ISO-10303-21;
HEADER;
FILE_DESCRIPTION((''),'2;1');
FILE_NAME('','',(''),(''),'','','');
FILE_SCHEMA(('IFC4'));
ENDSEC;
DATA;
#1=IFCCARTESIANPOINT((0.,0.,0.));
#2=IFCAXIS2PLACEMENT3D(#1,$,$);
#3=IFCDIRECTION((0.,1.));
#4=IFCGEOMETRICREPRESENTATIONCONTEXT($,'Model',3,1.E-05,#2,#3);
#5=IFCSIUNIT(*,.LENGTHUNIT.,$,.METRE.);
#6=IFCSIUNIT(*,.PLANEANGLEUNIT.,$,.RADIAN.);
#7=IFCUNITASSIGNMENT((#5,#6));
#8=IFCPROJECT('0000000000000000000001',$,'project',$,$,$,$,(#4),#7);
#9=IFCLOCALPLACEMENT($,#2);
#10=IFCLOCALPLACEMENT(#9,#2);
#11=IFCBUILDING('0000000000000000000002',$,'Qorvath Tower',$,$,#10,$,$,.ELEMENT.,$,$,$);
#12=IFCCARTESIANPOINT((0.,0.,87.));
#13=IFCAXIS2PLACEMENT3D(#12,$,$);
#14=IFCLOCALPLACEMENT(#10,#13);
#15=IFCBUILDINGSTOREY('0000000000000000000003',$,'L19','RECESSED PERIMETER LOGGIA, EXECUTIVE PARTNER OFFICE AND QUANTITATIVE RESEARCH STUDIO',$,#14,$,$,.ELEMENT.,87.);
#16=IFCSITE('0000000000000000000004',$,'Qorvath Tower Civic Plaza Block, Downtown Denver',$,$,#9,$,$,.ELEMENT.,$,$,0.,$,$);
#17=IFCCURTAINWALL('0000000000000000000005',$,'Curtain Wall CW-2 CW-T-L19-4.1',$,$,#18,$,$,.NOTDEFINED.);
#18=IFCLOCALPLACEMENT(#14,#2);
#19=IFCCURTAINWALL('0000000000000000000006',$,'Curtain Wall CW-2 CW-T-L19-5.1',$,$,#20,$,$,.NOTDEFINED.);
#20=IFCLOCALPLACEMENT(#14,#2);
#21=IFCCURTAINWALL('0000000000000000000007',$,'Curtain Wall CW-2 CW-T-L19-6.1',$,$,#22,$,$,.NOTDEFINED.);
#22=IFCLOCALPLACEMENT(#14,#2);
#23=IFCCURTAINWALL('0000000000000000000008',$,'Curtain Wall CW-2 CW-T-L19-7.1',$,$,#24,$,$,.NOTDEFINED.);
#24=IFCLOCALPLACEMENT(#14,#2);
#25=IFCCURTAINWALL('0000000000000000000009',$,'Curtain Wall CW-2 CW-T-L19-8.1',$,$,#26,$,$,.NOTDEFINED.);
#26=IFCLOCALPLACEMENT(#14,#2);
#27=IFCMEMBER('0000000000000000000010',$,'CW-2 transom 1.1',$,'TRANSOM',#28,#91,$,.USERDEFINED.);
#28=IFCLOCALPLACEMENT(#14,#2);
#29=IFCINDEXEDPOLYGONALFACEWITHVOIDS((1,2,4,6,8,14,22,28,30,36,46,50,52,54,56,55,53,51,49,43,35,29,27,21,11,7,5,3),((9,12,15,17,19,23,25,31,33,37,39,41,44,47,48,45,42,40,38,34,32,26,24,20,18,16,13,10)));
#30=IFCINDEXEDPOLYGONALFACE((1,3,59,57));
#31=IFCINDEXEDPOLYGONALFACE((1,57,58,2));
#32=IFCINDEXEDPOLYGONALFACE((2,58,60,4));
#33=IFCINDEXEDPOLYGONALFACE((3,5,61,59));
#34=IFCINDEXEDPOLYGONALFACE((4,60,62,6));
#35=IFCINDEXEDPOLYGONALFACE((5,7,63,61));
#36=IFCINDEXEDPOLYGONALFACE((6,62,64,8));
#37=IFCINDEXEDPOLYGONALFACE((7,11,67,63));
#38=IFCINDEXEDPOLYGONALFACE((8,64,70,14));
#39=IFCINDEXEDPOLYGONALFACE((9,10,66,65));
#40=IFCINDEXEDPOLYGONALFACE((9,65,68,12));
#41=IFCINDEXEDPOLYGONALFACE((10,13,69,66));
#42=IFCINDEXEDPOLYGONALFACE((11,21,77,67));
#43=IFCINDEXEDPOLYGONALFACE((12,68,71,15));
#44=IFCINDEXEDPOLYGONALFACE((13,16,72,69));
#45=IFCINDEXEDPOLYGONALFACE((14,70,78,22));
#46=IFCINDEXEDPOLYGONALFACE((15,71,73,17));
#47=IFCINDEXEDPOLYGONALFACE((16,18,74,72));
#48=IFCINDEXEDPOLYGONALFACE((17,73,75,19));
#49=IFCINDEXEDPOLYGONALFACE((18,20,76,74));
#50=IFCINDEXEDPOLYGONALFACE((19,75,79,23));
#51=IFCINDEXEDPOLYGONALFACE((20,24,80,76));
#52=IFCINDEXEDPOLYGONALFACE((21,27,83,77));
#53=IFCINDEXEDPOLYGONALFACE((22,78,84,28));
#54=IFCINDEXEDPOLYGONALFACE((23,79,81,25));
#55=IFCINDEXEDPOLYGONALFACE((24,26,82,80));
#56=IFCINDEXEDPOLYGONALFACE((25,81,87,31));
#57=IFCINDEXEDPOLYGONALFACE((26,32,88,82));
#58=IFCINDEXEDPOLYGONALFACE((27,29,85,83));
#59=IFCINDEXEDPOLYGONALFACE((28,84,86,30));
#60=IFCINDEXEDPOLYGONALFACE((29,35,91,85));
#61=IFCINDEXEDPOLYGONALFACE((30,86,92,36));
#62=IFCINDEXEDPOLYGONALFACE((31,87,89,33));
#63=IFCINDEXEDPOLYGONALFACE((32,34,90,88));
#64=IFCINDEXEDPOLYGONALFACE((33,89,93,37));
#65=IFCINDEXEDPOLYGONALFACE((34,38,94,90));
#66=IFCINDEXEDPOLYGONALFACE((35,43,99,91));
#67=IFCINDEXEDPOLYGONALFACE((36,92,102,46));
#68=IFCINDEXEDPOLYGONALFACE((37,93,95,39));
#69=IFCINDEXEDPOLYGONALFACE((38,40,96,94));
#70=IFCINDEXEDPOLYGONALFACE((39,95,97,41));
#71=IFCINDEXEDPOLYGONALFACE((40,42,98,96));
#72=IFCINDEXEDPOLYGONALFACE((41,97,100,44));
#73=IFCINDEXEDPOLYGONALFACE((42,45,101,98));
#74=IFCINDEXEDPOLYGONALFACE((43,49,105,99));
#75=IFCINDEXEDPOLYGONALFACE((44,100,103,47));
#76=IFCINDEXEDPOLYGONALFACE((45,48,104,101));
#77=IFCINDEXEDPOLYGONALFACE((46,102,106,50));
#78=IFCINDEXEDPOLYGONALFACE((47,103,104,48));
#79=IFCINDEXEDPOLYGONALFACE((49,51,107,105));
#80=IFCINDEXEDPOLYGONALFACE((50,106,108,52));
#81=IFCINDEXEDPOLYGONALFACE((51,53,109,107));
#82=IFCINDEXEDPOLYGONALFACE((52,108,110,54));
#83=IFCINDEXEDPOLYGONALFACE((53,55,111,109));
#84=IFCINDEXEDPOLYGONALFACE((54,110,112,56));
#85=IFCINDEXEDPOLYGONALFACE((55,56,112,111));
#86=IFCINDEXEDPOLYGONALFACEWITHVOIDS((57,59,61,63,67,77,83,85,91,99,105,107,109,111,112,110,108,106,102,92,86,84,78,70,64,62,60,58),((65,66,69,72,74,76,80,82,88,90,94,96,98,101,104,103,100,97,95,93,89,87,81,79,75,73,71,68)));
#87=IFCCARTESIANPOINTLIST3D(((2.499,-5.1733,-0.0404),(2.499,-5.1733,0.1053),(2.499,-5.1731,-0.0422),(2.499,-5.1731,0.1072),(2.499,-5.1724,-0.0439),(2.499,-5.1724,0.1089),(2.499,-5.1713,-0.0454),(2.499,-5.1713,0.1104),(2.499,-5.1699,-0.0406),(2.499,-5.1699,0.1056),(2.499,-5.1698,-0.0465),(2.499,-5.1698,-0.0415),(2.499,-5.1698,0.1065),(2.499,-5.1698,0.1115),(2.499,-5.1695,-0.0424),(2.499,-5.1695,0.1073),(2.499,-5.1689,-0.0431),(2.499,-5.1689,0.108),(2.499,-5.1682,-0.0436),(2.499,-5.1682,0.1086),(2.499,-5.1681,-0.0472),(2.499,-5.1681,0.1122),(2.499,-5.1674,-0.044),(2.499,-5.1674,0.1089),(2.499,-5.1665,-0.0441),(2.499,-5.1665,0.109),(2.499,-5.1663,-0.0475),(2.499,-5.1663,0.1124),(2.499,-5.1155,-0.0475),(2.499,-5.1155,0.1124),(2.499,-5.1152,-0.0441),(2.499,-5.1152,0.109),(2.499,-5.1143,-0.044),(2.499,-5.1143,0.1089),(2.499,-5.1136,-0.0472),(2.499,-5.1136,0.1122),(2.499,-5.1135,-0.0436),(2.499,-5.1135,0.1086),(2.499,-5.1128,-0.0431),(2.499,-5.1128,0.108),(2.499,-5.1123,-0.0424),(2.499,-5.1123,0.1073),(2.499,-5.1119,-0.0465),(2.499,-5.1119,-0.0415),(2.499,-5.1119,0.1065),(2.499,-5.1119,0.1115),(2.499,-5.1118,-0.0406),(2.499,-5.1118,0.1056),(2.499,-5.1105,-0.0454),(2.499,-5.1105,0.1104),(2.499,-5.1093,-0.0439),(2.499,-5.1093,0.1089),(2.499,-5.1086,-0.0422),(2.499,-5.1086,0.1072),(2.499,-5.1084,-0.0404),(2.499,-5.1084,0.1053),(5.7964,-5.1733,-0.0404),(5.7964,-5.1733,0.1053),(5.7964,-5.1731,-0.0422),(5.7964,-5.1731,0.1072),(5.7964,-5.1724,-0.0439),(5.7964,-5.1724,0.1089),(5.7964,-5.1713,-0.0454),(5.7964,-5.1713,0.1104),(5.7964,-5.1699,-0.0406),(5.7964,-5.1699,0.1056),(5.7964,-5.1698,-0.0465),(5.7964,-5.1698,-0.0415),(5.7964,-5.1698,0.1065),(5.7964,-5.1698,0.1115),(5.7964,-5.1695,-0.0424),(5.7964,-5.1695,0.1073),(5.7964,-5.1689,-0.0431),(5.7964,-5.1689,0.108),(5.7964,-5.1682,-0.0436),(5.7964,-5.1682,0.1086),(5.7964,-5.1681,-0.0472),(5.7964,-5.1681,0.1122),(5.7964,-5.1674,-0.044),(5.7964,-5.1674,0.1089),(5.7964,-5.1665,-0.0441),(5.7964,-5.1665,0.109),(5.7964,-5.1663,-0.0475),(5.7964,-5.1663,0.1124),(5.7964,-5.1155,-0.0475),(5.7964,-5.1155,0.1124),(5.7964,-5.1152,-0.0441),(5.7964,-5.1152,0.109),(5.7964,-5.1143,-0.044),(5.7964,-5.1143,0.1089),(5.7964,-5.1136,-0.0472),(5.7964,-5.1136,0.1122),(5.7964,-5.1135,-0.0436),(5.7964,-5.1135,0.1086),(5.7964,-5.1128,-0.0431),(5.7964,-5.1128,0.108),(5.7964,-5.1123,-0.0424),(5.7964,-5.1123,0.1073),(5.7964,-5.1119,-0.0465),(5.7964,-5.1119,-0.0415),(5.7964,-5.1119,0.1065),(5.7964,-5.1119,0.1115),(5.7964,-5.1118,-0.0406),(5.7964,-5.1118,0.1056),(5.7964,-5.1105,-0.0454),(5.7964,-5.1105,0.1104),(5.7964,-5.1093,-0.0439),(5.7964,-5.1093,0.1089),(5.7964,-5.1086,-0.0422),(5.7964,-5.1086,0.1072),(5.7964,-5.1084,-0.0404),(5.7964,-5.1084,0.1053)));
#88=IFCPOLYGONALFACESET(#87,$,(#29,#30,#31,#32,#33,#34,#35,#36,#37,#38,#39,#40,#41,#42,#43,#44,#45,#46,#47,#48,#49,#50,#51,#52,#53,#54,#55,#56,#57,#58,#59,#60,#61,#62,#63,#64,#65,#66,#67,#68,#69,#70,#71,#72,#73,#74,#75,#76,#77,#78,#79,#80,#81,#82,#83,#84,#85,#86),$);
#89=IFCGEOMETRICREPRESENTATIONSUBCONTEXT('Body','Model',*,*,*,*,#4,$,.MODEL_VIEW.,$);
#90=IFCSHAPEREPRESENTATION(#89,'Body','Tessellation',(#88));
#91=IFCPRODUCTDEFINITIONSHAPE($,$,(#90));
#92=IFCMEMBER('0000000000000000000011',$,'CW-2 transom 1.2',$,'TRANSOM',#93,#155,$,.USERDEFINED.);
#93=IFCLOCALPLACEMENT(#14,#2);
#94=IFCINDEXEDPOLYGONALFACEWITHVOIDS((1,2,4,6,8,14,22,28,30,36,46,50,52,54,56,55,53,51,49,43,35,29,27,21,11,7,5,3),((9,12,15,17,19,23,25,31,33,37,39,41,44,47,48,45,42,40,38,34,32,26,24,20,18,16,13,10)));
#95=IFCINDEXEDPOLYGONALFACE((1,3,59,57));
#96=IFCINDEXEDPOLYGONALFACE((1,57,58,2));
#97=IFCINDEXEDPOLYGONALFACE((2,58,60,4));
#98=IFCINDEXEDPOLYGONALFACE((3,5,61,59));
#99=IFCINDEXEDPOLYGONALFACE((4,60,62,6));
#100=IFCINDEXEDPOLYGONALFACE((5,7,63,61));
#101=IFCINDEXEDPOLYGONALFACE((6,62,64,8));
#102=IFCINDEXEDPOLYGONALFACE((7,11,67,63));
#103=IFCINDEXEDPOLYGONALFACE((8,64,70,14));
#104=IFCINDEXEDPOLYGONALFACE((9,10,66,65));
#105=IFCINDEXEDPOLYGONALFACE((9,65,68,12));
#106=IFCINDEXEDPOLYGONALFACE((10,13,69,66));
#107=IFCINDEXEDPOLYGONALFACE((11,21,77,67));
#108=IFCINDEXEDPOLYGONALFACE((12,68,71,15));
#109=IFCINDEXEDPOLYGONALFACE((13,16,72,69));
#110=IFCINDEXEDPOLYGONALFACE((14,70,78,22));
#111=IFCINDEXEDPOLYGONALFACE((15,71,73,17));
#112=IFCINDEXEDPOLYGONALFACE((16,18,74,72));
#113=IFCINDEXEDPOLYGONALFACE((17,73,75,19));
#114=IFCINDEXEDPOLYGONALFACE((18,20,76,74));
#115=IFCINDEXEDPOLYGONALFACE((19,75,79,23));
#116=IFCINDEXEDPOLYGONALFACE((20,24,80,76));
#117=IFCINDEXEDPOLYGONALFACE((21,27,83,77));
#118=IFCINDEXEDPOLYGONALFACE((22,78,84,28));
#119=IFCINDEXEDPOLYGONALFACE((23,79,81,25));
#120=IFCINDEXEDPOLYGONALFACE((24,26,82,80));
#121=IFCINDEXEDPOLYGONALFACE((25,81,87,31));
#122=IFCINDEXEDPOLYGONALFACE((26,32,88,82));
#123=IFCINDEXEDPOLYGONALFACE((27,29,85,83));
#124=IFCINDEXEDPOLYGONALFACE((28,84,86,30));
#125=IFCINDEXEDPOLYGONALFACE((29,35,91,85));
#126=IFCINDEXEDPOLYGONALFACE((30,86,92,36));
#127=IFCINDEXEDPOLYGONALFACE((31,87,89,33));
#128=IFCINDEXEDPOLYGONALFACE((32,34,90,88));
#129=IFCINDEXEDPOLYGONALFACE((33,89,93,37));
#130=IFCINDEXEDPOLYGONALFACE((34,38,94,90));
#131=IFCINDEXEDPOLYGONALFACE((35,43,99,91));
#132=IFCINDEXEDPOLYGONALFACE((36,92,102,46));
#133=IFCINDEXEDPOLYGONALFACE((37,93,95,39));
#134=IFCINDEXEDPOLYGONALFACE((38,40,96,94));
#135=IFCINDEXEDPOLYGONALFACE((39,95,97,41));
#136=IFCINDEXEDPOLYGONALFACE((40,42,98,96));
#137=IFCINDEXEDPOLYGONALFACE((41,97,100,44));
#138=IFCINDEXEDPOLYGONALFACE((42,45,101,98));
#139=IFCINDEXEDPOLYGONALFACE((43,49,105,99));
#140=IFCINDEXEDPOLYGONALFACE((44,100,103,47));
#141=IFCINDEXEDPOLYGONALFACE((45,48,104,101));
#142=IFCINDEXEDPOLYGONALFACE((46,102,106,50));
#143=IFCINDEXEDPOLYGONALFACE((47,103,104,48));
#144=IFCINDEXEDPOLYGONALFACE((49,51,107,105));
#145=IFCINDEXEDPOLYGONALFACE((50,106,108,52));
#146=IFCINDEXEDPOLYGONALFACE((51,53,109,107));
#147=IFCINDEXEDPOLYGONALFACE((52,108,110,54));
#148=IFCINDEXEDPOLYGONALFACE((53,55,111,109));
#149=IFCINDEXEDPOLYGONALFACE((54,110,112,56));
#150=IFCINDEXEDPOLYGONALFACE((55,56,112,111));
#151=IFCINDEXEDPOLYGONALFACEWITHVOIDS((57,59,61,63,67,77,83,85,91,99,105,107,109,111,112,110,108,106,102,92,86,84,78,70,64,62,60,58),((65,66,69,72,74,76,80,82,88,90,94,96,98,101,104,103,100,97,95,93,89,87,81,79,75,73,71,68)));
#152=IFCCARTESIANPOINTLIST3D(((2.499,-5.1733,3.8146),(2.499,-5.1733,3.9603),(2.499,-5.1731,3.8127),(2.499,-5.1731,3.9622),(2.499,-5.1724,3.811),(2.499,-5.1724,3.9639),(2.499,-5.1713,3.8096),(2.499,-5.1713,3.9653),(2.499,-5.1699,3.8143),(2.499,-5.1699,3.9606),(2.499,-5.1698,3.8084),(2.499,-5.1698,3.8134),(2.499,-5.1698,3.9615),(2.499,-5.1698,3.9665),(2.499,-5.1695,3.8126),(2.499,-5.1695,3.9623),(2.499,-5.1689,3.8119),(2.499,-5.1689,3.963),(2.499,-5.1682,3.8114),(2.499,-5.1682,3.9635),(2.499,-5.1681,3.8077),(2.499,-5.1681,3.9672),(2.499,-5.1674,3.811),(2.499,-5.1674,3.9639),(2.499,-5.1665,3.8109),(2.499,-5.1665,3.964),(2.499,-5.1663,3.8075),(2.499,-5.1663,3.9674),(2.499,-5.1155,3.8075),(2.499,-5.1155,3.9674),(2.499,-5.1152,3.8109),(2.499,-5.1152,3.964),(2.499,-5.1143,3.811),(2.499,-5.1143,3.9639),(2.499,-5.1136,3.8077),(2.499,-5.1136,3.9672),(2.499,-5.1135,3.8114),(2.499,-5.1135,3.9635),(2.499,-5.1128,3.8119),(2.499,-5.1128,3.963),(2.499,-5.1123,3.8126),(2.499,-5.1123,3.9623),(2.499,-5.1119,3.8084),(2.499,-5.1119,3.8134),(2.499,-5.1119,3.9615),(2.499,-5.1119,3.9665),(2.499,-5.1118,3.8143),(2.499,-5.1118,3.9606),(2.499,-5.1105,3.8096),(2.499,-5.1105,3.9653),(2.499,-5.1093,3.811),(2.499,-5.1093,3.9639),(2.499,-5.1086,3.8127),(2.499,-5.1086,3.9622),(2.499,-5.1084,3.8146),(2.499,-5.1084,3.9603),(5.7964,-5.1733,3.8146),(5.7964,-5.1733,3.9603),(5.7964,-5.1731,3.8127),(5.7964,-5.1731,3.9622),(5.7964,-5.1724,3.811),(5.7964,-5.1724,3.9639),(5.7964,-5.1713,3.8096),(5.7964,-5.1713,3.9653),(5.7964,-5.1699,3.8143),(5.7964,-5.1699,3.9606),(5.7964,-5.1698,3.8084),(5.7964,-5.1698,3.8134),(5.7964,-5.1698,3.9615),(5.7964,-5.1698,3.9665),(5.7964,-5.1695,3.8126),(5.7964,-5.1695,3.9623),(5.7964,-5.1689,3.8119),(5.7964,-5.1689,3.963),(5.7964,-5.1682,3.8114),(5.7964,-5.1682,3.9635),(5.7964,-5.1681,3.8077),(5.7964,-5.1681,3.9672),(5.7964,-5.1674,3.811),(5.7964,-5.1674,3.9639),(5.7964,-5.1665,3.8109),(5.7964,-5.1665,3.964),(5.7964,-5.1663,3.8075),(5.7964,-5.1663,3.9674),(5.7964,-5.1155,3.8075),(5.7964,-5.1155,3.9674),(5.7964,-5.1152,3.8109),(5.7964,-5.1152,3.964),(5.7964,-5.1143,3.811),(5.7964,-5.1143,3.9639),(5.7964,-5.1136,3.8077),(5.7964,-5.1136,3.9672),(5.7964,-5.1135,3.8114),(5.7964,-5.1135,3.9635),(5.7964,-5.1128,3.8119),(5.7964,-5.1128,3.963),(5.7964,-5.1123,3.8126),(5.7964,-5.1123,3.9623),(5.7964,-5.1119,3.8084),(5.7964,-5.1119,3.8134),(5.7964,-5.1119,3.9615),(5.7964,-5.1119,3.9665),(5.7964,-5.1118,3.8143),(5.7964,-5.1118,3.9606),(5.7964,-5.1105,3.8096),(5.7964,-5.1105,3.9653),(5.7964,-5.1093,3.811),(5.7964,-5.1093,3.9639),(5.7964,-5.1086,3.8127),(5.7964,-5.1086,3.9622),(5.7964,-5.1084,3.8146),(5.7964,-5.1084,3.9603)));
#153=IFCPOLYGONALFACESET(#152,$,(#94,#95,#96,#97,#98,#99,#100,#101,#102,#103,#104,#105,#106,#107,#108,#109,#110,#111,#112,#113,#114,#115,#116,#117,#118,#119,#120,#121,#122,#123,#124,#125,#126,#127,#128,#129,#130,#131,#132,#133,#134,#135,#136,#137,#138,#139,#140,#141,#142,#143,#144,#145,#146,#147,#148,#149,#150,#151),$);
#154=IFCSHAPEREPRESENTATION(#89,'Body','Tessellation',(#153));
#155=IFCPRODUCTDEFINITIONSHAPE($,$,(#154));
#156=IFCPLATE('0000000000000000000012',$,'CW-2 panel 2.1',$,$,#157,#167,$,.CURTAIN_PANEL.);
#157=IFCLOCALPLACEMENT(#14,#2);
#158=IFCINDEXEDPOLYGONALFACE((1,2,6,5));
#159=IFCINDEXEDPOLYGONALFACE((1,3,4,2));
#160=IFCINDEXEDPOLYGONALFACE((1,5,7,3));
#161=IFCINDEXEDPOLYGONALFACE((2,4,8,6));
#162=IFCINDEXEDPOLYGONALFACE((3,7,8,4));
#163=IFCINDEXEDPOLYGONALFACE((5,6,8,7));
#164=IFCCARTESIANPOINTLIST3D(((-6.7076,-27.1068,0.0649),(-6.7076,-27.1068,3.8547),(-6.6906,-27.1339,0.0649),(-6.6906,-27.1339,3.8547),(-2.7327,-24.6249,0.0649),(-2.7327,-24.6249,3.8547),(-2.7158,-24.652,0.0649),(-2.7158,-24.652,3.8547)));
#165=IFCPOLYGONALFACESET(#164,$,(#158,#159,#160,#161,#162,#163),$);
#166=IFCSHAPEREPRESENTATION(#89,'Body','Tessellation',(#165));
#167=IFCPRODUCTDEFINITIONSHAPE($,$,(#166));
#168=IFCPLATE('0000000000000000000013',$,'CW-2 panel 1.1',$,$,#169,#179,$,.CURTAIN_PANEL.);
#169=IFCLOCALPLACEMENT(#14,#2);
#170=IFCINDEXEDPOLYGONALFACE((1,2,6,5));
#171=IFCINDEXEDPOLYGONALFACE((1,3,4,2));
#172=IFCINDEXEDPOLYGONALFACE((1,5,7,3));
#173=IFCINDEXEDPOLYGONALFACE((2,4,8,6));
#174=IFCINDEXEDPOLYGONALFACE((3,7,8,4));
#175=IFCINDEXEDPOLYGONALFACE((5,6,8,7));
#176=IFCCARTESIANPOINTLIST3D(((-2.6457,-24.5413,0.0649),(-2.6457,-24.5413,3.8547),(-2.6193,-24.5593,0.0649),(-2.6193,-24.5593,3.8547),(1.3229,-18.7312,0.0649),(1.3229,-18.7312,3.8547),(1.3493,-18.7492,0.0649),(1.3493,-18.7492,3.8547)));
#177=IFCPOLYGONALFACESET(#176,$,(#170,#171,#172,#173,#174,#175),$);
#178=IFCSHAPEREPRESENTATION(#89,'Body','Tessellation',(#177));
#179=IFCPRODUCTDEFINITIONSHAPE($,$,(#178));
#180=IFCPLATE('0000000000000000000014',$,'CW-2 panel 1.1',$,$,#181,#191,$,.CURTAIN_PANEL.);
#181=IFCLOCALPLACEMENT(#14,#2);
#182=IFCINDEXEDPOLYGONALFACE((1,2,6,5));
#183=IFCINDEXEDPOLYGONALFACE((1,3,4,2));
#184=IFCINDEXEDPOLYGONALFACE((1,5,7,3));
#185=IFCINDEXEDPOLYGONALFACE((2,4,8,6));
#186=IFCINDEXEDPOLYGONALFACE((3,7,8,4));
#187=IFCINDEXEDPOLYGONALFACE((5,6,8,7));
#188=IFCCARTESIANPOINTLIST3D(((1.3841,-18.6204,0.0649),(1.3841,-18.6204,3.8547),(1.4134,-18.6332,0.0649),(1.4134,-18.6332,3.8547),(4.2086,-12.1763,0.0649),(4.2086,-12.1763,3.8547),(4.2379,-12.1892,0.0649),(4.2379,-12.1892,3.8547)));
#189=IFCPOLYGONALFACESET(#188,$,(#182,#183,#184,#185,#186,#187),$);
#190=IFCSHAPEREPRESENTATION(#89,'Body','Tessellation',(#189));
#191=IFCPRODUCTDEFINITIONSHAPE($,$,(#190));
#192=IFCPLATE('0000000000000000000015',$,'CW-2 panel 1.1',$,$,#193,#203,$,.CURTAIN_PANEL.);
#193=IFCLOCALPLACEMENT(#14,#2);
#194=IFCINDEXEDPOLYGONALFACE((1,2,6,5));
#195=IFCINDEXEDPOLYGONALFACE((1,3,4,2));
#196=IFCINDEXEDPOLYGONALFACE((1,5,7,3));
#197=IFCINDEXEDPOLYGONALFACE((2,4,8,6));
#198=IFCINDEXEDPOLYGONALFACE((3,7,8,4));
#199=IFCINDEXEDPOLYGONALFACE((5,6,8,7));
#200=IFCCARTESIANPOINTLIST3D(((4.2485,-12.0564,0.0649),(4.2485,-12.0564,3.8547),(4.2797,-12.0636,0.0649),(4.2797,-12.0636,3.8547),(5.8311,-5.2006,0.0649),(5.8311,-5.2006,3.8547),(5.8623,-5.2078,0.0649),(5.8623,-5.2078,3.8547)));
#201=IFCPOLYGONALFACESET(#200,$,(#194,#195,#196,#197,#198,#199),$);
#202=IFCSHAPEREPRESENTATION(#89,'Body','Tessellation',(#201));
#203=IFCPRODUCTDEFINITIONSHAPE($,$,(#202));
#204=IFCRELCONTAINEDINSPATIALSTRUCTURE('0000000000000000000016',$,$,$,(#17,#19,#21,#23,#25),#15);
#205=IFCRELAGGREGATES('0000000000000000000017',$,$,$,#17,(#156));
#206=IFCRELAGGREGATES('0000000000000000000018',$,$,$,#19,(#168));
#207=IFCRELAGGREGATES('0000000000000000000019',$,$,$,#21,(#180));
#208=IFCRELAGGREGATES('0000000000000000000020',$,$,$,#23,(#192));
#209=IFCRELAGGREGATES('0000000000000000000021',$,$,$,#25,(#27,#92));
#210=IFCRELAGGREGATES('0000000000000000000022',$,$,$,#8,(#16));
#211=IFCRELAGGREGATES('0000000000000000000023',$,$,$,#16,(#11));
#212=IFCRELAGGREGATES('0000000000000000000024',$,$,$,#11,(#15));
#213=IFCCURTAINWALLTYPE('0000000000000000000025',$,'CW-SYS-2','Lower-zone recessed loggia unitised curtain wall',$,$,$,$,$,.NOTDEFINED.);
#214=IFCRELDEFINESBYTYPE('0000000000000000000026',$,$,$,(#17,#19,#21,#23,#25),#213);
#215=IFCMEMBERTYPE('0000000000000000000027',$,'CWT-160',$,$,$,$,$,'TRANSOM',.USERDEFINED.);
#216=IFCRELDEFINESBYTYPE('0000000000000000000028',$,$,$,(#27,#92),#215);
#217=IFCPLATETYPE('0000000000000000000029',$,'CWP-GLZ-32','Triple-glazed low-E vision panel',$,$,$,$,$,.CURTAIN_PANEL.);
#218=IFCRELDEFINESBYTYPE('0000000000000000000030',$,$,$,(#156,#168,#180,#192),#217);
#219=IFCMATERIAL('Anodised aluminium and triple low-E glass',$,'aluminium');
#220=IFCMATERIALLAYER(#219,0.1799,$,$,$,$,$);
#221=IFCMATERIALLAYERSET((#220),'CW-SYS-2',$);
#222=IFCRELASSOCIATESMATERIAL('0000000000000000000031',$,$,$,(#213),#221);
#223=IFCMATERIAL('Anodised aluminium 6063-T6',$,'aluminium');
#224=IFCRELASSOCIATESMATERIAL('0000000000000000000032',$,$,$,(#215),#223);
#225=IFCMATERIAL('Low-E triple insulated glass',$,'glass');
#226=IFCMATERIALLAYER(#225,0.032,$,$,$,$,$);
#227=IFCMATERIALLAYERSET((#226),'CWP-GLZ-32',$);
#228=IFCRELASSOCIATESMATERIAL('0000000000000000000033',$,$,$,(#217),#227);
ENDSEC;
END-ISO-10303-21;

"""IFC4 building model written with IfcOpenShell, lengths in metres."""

from ifc_helpers import new_model, si_unit, direction, frame, origin, origin_2d, place, context, subcontext, project, spatial, rectangle, hollow_rectangle, extrude, material, layer, layer_set, material_profile, profile_set, type_object, element, aggregate, save


model = new_model("IFC4")

# Units and contexts
model_context = context("Model", 3, precision=1e-05, world=origin(), true_north=direction((0.0, 1.0)))
body_context = subcontext(model_context, "Body", "Model", "MODEL_VIEW")
ifc_project = project(units=[si_unit("LENGTHUNIT", "METRE"), si_unit("PLANEANGLEUNIT", "RADIAN")], contexts=[model_context])

# Site, building, storey
site_placement = place(None, origin())
site = spatial("IfcSite", under=ifc_project, at=site_placement, Name="Qorvath Tower Civic Plaza Block, Downtown Denver", CompositionType="ELEMENT", RefElevation=0.0)
building_placement = place(site_placement, origin())
building = spatial("IfcBuilding", under=site, at=building_placement, Name="Qorvath Tower", CompositionType="ELEMENT")
storey_placement = place(building_placement, frame((0.0, 0.0, 87.0)))
storey = spatial("IfcBuildingStorey", under=building, at=storey_placement, Name="L19", Description="RECESSED PERIMETER LOGGIA, EXECUTIVE PARTNER OFFICE AND QUANTITATIVE RESEARCH STUDIO", CompositionType="ELEMENT", Elevation=87.0)

# Curtain wall
ifc_material_1 = material(Name="Anodised aluminium and triple low-E glass", Category="aluminium")
ifc_layer_1 = layer(ifc_material_1, 0.1799)
ifc_layer_set_1 = layer_set([ifc_layer_1], Name="CW-SYS-2")
curtain_wall_type = type_object("IfcCurtainWallType", Name="CW-SYS-2", Description="Lower-zone recessed loggia unitised curtain wall", PredefinedType="NOTDEFINED", material=ifc_layer_set_1)
curtain_wall_1_placement = place(storey_placement, origin())
curtain_wall_1 = element("IfcCurtainWall", 1, at=curtain_wall_1_placement, inside=storey, type_object=curtain_wall_type, Name="Curtain Wall CW-2 CW-T-L19-4.1", PredefinedType="NOTDEFINED")

# Curtain walls
curtain_wall_2_placement = place(storey_placement, origin())
curtain_wall_2 = element("IfcCurtainWall", 2, at=curtain_wall_2_placement, inside=storey, type_object=curtain_wall_type, Name="Curtain Wall CW-2 CW-T-L19-5.1", PredefinedType="NOTDEFINED")
curtain_wall_3_placement = place(storey_placement, origin())
curtain_wall_3 = element("IfcCurtainWall", 3, at=curtain_wall_3_placement, inside=storey, type_object=curtain_wall_type, Name="Curtain Wall CW-2 CW-T-L19-6.1", PredefinedType="NOTDEFINED")
curtain_wall_4_placement = place(storey_placement, origin())
curtain_wall_4 = element("IfcCurtainWall", 4, at=curtain_wall_4_placement, inside=storey, type_object=curtain_wall_type, Name="Curtain Wall CW-2 CW-T-L19-7.1", PredefinedType="NOTDEFINED")
curtain_wall_5_placement = place(storey_placement, origin())
curtain_wall_5 = element("IfcCurtainWall", 5, at=curtain_wall_5_placement, inside=storey, type_object=curtain_wall_type, Name="Curtain Wall CW-2 CW-T-L19-8.1", PredefinedType="NOTDEFINED")

# Members
ifc_material_2 = material(Name="Anodised aluminium 6063-T6", Category="aluminium")
ifc_material_profile_1 = material_profile(ifc_material_2, hollow_rectangle(XDim=0.0649, YDim=0.1599, WallThickness=0.0034, InnerFilletRadius=0.0034, OuterFilletRadius=0.0071, at=origin_2d()), Name="CWT 160x65")
ifc_profile_set_1 = profile_set([ifc_material_profile_1], Name="Anodised aluminium 6063-T6")
member_type_1 = type_object("IfcMemberType", Name="CWT-160", ElementType="TRANSOM", PredefinedType="USERDEFINED", material=ifc_profile_set_1)
member_1_placement = place(storey_placement, frame((5.7964, -5.1409, 0.0325), z_axis=(-1.0, 0.0, 0.0), x_axis=(0.0, -1.0, 0.0)))
member_1 = element("IfcMember", 6, at=member_1_placement, type_object=member_type_1, Name="CW-2 transom 1.1", ObjectType="TRANSOM", PredefinedType="USERDEFINED", context=body_context, shape_type="SweptSolid", body=[
    extrude(hollow_rectangle(XDim=0.0649, YDim=0.1599, WallThickness=0.0034, InnerFilletRadius=0.0034, OuterFilletRadius=0.0071, at=origin_2d()), origin(), (0.0, 0.0, 1.0), 3.2974),
])
member_2_placement = place(storey_placement, frame((5.7964, -5.1409, 3.8875), z_axis=(-1.0, 0.0, 0.0), x_axis=(0.0, -1.0, 0.0)))
member_2 = element("IfcMember", 7, at=member_2_placement, type_object=member_type_1, Name="CW-2 transom 1.2", ObjectType="TRANSOM", PredefinedType="USERDEFINED", context=body_context, shape_type="SweptSolid", body=[
    extrude(hollow_rectangle(XDim=0.0649, YDim=0.1599, WallThickness=0.0034, InnerFilletRadius=0.0034, OuterFilletRadius=0.0071, at=origin_2d()), origin(), (0.0, 0.0, 1.0), 3.2974),
])

# Plates
ifc_material_3 = material(Name="Low-E triple insulated glass", Category="glass")
ifc_layer_2 = layer(ifc_material_3, 0.032)
ifc_layer_set_2 = layer_set([ifc_layer_2], Name="CWP-GLZ-32")
plate_type = type_object("IfcPlateType", Name="CWP-GLZ-32", Description="Triple-glazed low-E vision panel", PredefinedType="CURTAIN_PANEL", material=ifc_layer_set_2)
plate_1_placement = place(storey_placement, frame((-4.7117, -25.8794, 0.0649), z_axis=(0.0, 0.0, 1.0), x_axis=(0.848232, 0.529625, 0.0)))
plate_1 = element("IfcPlate", 8, at=plate_1_placement, type_object=plate_type, Name="CW-2 panel 2.1", PredefinedType="CURTAIN_PANEL", context=body_context, shape_type="SweptSolid", body=[
    extrude(rectangle(XDim=4.686, YDim=0.032, at=origin_2d()), origin(), (0.0, 0.0, 1.0), 3.7898),
])
aggregate(curtain_wall_1, [plate_1])
plate_2_placement = place(storey_placement, frame((-0.6482, -21.6453, 0.0649), z_axis=(0.0, 0.0, 1.0), x_axis=(0.564036, 0.82575, 0.0)))
plate_2 = element("IfcPlate", 9, at=plate_2_placement, type_object=plate_type, Name="CW-2 panel 1.1", PredefinedType="CURTAIN_PANEL", context=body_context, shape_type="SweptSolid", body=[
    extrude(rectangle(XDim=7.0361, YDim=0.032, at=origin_2d()), origin(), (0.0, 0.0, 1.0), 3.7898),
])
aggregate(curtain_wall_2, [plate_2])
plate_3_placement = place(storey_placement, frame((2.811, -15.4048, 0.0649), z_axis=(0.0, 0.0, 1.0), x_axis=(0.40144, 0.915886, 0.0)))
plate_3 = element("IfcPlate", 10, at=plate_3_placement, type_object=plate_type, Name="CW-2 panel 1.1", PredefinedType="CURTAIN_PANEL", context=body_context, shape_type="SweptSolid", body=[
    extrude(rectangle(XDim=7.0359, YDim=0.032, at=origin_2d()), origin(), (0.0, 0.0, 1.0), 3.7898),
])
aggregate(curtain_wall_3, [plate_3])
plate_4_placement = place(storey_placement, frame((5.0554, -8.6321, 0.0649), z_axis=(0.0, 0.0, 1.0), x_axis=(0.224923, 0.974377, 0.0)))
plate_4 = element("IfcPlate", 11, at=plate_4_placement, type_object=plate_type, Name="CW-2 panel 1.1", PredefinedType="CURTAIN_PANEL", context=body_context, shape_type="SweptSolid", body=[
    extrude(rectangle(XDim=7.0361, YDim=0.032, at=origin_2d()), origin(), (0.0, 0.0, 1.0), 3.7898),
])
aggregate(curtain_wall_4, [plate_4])
aggregate(curtain_wall_5, [member_1, member_2])

save(model, "model.ifc")
